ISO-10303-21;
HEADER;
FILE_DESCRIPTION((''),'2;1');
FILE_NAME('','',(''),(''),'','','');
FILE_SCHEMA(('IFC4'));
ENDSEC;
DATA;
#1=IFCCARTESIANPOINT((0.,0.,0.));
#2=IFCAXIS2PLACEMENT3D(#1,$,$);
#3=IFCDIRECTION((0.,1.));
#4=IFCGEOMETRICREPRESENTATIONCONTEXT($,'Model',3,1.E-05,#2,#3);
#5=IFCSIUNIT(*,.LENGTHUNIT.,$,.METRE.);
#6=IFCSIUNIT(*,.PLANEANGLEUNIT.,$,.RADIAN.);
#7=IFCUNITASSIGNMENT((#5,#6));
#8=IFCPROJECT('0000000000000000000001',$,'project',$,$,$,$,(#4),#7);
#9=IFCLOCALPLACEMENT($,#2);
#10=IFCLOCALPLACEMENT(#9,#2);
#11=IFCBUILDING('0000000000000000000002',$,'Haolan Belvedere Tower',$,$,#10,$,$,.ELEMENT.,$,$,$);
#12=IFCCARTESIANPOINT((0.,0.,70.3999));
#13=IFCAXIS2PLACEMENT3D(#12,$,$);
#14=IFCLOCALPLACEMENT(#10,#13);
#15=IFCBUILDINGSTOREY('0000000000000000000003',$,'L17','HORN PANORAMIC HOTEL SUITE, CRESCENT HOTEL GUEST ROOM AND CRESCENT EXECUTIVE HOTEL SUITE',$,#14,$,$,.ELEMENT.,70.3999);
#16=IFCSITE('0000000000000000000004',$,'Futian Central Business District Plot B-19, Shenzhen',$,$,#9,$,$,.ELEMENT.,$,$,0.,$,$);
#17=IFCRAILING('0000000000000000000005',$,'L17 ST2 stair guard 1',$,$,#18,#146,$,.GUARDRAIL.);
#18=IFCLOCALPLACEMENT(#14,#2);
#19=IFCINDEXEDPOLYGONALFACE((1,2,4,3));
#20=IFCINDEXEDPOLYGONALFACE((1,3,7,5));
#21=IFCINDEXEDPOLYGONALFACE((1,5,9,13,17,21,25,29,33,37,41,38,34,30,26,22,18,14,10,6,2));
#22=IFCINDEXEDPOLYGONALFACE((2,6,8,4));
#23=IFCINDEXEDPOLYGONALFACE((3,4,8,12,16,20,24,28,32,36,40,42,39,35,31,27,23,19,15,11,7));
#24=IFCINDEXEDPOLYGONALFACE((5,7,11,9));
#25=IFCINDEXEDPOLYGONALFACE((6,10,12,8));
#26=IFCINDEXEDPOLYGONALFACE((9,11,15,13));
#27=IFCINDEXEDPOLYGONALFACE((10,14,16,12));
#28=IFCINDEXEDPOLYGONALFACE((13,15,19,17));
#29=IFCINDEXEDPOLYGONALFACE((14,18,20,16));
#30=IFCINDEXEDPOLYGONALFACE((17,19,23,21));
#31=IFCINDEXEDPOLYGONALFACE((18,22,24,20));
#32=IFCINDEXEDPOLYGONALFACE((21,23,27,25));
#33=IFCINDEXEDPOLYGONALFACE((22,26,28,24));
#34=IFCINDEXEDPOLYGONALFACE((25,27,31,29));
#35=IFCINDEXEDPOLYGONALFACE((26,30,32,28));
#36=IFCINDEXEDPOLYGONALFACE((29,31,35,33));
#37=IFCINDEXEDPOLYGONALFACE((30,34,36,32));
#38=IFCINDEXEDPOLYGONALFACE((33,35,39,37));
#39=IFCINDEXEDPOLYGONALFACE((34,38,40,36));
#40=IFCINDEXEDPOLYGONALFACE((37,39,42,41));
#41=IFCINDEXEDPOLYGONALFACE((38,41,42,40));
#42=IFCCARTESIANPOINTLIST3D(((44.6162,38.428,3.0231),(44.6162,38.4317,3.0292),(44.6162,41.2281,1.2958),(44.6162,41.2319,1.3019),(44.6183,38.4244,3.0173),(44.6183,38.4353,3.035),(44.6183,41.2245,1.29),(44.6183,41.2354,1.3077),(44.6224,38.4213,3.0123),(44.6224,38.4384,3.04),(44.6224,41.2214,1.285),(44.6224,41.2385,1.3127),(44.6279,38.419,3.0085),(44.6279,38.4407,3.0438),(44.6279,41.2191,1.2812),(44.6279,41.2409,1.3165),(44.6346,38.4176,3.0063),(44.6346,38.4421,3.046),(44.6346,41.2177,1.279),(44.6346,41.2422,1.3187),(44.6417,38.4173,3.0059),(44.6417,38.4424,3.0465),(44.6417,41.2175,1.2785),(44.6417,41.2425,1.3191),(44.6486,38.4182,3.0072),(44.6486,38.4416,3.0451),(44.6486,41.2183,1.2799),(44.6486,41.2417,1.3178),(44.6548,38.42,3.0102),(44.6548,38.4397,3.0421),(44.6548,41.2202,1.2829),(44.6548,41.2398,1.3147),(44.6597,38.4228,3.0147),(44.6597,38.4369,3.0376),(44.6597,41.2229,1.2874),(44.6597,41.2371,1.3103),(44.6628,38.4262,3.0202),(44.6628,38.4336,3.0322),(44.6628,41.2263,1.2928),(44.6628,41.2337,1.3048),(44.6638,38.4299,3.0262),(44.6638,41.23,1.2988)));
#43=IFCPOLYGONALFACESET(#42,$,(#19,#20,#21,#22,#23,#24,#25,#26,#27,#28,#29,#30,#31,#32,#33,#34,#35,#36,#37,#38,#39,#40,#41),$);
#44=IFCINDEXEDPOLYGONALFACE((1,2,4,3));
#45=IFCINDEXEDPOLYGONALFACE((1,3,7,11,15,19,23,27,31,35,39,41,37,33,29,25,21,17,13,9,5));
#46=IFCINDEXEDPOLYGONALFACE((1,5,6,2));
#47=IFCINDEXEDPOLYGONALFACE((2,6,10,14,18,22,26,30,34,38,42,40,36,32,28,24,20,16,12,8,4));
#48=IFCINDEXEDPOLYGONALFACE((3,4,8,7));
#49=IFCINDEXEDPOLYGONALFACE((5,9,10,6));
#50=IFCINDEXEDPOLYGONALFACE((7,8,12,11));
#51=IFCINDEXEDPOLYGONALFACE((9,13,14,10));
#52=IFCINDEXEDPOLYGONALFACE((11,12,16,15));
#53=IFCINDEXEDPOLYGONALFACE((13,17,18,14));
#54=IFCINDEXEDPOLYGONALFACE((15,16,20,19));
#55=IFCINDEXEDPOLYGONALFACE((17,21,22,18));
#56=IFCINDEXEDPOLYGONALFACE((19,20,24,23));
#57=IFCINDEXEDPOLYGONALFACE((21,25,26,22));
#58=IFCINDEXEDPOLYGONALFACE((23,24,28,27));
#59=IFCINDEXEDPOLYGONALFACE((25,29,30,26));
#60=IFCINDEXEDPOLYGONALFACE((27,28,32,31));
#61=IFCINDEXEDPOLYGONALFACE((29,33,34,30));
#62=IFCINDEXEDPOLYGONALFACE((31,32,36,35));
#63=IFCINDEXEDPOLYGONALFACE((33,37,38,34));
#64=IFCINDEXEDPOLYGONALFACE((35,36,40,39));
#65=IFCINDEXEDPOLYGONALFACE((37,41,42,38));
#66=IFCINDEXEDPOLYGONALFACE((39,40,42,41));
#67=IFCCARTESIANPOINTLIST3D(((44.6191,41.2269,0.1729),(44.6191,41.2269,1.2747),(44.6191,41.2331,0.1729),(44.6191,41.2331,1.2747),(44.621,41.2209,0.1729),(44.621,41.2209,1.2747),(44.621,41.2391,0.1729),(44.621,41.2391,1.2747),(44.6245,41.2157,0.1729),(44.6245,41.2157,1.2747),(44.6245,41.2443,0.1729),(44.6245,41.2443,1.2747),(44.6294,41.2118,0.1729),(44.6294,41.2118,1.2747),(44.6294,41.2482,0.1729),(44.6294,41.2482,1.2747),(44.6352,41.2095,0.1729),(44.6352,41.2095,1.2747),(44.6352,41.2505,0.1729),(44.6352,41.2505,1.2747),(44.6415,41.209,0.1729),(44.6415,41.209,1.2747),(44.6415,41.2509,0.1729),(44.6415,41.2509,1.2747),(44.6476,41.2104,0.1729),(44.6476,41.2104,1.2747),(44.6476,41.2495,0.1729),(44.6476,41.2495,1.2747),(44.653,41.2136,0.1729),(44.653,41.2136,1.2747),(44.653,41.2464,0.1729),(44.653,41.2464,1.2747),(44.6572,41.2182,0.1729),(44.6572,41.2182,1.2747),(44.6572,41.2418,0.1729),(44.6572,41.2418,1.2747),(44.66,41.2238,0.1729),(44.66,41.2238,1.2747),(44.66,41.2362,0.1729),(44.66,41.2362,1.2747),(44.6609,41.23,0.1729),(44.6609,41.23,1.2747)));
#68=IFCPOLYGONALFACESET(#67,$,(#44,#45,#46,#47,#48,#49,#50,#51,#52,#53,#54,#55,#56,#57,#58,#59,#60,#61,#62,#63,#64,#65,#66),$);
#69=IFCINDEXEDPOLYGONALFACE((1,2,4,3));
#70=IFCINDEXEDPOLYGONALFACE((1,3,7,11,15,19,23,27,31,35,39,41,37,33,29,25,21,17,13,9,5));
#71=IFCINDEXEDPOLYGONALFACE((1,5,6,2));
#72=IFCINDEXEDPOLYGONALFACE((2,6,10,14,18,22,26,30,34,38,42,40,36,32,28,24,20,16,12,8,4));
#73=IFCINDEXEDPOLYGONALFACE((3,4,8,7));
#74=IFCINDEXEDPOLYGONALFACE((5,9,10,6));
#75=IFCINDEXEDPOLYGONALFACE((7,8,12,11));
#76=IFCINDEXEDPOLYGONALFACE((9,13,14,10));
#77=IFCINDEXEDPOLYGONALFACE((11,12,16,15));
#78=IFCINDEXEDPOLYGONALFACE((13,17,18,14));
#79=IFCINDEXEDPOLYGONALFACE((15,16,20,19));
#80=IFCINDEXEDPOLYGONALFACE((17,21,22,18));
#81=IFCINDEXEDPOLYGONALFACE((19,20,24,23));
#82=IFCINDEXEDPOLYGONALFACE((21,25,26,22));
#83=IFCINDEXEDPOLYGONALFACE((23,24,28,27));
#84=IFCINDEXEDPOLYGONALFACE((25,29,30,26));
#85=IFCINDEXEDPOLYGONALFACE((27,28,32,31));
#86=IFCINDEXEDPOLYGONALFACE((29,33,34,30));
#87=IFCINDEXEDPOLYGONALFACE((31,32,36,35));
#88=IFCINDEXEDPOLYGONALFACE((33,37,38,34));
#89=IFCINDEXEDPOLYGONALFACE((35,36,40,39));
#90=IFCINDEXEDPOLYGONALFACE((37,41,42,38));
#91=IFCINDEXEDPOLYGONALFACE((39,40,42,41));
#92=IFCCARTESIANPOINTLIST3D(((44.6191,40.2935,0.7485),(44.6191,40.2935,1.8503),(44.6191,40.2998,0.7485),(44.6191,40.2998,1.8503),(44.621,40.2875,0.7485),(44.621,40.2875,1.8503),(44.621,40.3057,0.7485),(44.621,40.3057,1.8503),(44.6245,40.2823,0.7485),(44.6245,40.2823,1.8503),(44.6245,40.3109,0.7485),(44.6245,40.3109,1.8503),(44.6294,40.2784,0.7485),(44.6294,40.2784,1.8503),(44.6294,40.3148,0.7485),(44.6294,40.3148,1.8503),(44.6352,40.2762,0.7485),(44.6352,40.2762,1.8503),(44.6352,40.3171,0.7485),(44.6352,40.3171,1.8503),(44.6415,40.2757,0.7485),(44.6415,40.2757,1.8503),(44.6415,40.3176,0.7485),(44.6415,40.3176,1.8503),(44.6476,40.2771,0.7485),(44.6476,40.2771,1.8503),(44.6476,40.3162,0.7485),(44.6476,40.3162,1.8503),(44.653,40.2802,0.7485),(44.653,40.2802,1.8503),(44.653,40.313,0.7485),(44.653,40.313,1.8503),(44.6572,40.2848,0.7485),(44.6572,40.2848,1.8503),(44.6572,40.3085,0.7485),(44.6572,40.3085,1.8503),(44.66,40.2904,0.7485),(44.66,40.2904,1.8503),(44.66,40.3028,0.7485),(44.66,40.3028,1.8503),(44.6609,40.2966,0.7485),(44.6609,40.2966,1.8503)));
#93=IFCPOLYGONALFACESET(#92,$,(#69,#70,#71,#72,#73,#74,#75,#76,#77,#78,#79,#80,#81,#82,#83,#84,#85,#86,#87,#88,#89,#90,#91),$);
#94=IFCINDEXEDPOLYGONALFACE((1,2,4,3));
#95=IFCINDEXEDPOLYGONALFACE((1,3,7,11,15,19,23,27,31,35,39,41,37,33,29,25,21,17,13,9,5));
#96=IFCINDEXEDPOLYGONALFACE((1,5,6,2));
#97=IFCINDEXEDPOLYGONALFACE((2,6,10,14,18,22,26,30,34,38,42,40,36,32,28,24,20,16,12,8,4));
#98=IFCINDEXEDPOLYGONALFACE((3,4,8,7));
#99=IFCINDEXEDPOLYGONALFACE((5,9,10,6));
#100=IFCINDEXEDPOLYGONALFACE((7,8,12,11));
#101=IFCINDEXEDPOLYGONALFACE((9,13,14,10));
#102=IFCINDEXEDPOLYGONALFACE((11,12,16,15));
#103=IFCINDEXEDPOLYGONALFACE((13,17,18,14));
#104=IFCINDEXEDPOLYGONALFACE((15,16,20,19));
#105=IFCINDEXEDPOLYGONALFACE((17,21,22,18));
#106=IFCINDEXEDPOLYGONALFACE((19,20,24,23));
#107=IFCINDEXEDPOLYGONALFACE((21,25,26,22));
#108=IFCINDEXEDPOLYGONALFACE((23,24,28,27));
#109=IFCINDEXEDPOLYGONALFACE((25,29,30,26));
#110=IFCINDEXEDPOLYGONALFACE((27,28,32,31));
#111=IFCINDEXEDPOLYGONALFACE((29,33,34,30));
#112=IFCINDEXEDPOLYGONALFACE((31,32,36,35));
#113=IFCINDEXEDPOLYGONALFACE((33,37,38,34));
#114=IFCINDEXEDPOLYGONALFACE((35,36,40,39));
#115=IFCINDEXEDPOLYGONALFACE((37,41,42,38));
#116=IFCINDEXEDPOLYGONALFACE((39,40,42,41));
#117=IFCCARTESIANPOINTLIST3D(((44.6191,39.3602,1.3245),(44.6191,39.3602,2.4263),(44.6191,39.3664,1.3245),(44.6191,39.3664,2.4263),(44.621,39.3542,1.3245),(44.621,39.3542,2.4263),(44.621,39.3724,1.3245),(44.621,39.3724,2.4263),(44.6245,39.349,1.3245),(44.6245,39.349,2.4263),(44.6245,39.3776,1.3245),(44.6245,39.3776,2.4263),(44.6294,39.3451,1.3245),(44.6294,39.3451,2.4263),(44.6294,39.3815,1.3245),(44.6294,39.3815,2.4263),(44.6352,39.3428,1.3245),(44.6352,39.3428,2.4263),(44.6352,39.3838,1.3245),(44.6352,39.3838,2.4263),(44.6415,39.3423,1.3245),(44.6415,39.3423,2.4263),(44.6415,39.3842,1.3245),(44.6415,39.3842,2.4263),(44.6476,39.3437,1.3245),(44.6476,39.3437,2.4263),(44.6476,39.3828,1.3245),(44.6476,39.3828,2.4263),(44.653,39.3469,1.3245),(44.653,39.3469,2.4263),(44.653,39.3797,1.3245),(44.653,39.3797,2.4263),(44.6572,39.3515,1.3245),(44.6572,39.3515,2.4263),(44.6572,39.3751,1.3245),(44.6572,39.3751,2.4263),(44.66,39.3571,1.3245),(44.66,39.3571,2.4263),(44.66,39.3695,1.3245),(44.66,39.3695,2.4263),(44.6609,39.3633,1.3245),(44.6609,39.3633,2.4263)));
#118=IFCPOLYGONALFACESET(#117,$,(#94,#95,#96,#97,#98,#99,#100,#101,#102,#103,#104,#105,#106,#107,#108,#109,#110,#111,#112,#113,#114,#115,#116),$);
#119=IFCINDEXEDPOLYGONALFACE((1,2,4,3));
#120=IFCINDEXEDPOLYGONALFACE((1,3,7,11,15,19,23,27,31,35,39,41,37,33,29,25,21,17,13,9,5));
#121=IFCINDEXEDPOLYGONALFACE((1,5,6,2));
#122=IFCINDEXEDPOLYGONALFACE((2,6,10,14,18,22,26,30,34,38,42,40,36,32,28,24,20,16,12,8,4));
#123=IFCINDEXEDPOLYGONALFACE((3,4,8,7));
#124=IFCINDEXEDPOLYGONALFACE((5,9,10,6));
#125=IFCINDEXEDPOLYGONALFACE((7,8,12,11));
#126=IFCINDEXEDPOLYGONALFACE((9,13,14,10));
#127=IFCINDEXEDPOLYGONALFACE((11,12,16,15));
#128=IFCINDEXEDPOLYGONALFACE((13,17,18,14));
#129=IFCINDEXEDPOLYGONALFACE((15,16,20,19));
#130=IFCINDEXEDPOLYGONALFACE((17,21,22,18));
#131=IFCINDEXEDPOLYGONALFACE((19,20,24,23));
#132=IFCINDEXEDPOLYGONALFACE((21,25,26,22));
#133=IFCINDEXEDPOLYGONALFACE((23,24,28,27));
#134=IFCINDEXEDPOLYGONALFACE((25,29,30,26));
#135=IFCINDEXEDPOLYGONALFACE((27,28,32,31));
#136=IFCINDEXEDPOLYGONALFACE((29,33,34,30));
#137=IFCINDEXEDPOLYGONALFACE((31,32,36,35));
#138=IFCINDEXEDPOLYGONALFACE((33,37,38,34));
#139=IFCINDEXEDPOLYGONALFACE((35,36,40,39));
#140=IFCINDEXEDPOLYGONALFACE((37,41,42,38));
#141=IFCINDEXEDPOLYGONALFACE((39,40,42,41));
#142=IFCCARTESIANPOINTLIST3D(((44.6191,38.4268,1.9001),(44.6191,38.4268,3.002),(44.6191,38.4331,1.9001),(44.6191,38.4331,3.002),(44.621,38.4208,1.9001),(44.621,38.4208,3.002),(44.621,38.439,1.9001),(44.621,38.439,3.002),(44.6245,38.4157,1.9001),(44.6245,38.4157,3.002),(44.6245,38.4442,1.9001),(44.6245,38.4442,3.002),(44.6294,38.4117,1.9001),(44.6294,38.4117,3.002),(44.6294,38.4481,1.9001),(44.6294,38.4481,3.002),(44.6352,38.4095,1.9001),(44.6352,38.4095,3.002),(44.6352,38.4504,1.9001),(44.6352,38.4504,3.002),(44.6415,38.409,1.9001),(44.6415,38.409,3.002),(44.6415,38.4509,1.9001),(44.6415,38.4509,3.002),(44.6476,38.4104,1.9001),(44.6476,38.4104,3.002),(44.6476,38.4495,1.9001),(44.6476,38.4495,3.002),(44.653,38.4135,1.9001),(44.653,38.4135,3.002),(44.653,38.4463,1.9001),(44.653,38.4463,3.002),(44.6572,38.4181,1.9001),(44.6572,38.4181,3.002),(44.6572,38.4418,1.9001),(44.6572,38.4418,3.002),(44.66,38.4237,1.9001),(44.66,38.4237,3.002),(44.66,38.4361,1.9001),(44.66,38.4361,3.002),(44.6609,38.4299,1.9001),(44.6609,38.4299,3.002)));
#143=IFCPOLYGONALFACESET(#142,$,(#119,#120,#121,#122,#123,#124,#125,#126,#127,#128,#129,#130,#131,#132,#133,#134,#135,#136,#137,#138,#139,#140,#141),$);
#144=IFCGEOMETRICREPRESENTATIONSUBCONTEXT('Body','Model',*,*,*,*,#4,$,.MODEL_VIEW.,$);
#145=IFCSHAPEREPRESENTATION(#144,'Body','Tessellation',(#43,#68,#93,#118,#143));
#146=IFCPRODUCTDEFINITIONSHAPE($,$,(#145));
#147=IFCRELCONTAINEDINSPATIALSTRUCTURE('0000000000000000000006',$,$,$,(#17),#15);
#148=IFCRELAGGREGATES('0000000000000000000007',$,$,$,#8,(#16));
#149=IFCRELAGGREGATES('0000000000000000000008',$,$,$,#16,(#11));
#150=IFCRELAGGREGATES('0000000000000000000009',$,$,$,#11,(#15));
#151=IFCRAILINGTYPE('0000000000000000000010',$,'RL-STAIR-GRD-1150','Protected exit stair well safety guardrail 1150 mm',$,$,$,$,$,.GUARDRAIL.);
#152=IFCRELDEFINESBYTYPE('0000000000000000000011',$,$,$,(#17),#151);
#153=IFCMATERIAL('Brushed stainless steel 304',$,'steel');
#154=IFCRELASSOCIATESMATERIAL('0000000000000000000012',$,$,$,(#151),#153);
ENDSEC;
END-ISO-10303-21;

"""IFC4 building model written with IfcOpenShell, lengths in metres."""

from ifc_helpers import new_model, si_unit, direction, frame, origin, origin_2d, place, context, subcontext, project, spatial, circle, extrude, material, type_object, element, save


model = new_model("IFC4")

# Units and contexts
model_context = context("Model", 3, precision=1e-05, world=origin(), true_north=direction((0.0, 1.0)))
body_context = subcontext(model_context, "Body", "Model", "MODEL_VIEW")
ifc_project = project(units=[si_unit("LENGTHUNIT", "METRE"), si_unit("PLANEANGLEUNIT", "RADIAN")], contexts=[model_context])

# Site, building, storey
site_placement = place(None, origin())
site = spatial("IfcSite", under=ifc_project, at=site_placement, Name="Futian Central Business District Plot B-19, Shenzhen", CompositionType="ELEMENT", RefElevation=0.0)
building_placement = place(site_placement, origin())
building = spatial("IfcBuilding", under=site, at=building_placement, Name="Haolan Belvedere Tower", CompositionType="ELEMENT")
storey_placement = place(building_placement, frame((0.0, 0.0, 70.3999)))
storey = spatial("IfcBuildingStorey", under=building, at=storey_placement, Name="L17", Description="HORN PANORAMIC HOTEL SUITE, CRESCENT HOTEL GUEST ROOM AND CRESCENT EXECUTIVE HOTEL SUITE", CompositionType="ELEMENT", Elevation=70.3999)

# Railing
ifc_material_1 = material(Name="Brushed stainless steel 304", Category="steel")
railing_type_1 = type_object("IfcRailingType", Name="RL-STAIR-GRD-1150", Description="Protected exit stair well safety guardrail 1150 mm", PredefinedType="GUARDRAIL", material=ifc_material_1)
railing_1_placement = place(storey_placement, frame((44.6399, 41.23, 0.1729)))
element("IfcRailing", 1, at=railing_1_placement, inside=storey, type_object=railing_type_1, Name="L17 ST2 stair guard 1", PredefinedType="GUARDRAIL", context=body_context, shape_type="SweptSolid", body=[
    extrude(circle(Radius=0.0239, at=origin_2d()), frame((0.0, 0.0, 1.126), z_axis=(0.0, -0.85109, 0.52502), x_axis=(1.0, 0.0, 0.0)), (0.0, 0.0, 1.0), 3.29),
    extrude(circle(Radius=0.021, at=origin_2d()), origin(), (0.0, 0.0, 1.0), 1.1018),
    extrude(circle(Radius=0.021, at=origin_2d()), frame((0.0, -0.9333, 0.5757)), (0.0, 0.0, 1.0), 1.1018),
    extrude(circle(Radius=0.021, at=origin_2d()), frame((0.0, -1.8667, 1.1516)), (0.0, 0.0, 1.0), 1.1018),
    extrude(circle(Radius=0.021, at=origin_2d()), frame((0.0, -2.8, 1.7273)), (0.0, 0.0, 1.0), 1.1018),
])

save(model, "model.ifc")
